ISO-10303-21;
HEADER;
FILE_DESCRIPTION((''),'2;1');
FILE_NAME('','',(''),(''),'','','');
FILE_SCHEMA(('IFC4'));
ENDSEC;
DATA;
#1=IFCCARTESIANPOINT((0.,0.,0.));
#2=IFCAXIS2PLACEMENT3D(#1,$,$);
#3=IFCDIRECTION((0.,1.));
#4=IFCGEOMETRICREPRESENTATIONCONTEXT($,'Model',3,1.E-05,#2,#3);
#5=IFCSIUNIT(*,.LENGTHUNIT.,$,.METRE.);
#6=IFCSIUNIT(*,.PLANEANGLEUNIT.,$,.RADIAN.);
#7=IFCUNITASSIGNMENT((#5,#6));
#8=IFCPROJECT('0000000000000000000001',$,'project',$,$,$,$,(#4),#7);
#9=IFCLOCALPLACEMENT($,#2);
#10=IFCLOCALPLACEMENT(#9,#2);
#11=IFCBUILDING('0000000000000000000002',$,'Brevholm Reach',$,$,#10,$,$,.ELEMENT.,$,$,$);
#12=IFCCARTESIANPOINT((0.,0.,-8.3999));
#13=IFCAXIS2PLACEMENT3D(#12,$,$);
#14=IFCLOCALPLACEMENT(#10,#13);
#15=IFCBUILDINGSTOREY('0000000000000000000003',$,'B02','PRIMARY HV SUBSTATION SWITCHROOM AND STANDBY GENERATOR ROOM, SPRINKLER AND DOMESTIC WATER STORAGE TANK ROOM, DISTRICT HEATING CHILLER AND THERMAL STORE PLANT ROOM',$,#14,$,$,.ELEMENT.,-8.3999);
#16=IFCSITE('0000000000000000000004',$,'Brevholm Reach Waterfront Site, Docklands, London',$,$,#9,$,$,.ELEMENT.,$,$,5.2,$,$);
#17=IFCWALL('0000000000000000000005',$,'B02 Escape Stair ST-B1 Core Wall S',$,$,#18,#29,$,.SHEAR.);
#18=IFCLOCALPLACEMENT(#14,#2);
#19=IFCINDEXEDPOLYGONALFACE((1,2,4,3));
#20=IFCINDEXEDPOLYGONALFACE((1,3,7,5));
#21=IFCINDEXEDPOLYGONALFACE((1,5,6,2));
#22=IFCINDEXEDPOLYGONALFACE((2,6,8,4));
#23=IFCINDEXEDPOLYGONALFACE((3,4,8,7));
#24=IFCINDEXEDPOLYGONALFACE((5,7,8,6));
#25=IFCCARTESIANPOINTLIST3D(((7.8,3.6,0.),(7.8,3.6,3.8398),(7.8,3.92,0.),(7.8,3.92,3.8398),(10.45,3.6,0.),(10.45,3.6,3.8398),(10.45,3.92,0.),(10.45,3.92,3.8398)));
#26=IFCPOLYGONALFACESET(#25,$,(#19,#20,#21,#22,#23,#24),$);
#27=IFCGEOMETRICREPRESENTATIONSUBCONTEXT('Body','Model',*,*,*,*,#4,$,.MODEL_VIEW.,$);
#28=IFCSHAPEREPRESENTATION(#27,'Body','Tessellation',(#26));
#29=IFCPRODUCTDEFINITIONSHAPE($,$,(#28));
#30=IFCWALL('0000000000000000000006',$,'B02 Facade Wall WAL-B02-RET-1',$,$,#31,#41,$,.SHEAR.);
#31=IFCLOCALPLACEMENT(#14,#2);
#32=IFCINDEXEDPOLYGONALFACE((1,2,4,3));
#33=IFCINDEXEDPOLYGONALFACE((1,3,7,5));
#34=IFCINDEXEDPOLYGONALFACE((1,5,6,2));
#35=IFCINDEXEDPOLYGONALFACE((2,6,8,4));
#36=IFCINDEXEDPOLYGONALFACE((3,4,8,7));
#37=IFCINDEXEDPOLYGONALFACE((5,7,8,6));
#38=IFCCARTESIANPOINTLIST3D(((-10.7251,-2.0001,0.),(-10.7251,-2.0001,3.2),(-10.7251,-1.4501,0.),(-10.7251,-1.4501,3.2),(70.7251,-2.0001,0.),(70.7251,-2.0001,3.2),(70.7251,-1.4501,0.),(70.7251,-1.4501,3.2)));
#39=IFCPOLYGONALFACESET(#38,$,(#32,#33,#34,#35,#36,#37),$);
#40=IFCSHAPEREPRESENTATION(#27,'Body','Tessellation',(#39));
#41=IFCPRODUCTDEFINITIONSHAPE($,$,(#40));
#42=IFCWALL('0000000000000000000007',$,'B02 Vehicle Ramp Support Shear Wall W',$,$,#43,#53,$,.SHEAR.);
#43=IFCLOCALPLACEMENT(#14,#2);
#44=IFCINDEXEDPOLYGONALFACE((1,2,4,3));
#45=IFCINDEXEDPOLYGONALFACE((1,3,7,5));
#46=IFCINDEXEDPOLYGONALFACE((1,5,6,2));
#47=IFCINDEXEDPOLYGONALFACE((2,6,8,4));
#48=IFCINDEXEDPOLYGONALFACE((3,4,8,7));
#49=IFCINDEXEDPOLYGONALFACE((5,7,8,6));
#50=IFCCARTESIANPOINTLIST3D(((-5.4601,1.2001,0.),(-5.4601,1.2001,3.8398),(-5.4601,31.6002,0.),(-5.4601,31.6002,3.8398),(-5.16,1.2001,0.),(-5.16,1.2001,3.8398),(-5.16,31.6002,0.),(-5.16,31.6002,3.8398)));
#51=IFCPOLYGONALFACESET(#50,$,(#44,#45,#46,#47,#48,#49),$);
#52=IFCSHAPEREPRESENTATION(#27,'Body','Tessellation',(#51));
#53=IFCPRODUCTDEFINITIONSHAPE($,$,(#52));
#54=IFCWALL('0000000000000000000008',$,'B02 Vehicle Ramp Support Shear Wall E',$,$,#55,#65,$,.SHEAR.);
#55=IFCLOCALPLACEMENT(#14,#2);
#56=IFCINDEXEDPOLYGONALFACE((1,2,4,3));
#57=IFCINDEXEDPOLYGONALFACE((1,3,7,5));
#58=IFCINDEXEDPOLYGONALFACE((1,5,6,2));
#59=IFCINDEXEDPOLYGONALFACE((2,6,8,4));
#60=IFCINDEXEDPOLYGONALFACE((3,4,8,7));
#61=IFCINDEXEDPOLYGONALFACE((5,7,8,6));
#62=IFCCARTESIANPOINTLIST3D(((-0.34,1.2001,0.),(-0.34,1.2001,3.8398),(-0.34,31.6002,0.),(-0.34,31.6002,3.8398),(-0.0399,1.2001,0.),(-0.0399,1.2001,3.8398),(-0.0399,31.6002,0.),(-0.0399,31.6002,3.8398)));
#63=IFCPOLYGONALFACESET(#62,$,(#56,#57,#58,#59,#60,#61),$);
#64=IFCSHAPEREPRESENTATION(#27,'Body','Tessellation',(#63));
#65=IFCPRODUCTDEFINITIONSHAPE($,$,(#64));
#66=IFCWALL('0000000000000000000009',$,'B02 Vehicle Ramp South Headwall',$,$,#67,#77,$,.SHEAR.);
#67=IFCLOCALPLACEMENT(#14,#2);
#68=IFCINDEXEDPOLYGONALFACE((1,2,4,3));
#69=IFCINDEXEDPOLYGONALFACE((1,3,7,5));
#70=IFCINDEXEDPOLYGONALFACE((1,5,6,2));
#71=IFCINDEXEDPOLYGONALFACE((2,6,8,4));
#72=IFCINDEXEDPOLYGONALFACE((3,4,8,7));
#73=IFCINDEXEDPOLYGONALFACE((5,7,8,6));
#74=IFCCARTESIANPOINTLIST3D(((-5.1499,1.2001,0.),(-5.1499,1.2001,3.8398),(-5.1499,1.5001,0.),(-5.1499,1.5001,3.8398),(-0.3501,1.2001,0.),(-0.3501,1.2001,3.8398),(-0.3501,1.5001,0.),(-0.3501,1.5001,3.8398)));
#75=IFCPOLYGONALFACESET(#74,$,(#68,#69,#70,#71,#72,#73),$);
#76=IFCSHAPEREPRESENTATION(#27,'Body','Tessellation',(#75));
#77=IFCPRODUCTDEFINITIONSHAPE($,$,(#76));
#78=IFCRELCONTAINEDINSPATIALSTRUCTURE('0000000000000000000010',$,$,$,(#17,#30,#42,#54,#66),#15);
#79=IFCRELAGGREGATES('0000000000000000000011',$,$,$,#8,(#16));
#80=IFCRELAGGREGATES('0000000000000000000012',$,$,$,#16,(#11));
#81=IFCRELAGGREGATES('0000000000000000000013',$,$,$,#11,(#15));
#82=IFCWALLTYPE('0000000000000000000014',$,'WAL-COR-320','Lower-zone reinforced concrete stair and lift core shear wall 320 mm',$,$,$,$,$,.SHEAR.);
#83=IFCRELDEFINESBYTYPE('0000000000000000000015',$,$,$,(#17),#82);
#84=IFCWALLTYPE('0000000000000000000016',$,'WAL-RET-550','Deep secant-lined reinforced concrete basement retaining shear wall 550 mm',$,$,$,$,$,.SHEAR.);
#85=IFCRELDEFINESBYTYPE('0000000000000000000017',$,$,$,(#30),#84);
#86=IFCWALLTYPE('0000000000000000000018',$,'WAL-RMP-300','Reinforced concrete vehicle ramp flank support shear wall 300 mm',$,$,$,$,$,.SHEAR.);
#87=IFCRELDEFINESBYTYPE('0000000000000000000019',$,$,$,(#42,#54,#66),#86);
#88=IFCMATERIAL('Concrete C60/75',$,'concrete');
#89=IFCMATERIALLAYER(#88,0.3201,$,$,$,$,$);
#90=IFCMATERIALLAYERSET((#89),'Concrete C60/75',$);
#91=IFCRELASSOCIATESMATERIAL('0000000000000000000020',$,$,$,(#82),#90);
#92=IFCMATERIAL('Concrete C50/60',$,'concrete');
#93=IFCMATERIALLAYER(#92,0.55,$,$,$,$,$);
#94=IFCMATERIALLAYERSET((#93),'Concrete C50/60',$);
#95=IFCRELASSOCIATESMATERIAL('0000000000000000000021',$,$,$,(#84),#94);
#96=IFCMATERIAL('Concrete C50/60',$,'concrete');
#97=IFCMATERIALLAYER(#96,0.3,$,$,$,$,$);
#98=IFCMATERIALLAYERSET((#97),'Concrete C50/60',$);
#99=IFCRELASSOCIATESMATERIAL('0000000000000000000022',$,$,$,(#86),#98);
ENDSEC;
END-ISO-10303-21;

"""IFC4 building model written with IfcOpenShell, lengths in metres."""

from ifc_helpers import new_model, si_unit, direction, frame, frame_2d, origin, place, context, subcontext, project, spatial, rectangle, extrude, material, layer, layer_set, type_object, element, save


model = new_model("IFC4")

# Units and contexts
model_context = context("Model", 3, precision=1e-05, world=origin(), true_north=direction((0.0, 1.0)))
body_context = subcontext(model_context, "Body", "Model", "MODEL_VIEW")
ifc_project = project(units=[si_unit("LENGTHUNIT", "METRE"), si_unit("PLANEANGLEUNIT", "RADIAN")], contexts=[model_context])

# Site, building, storey
site_placement = place(None, origin())
site = spatial("IfcSite", under=ifc_project, at=site_placement, Name="Brevholm Reach Waterfront Site, Docklands, London", CompositionType="ELEMENT", RefElevation=5.2)
building_placement = place(site_placement, origin())
building = spatial("IfcBuilding", under=site, at=building_placement, Name="Brevholm Reach", CompositionType="ELEMENT")
storey_placement = place(building_placement, frame((0.0, 0.0, -8.3999)))
storey = spatial("IfcBuildingStorey", under=building, at=storey_placement, Name="B02", Description="PRIMARY HV SUBSTATION SWITCHROOM AND STANDBY GENERATOR ROOM, SPRINKLER AND DOMESTIC WATER STORAGE TANK ROOM, DISTRICT HEATING CHILLER AND THERMAL STORE PLANT ROOM", CompositionType="ELEMENT", Elevation=-8.3999)

# Walls
ifc_material_1 = material(Name="Concrete C60/75", Category="concrete")
ifc_layer_1 = layer(ifc_material_1, 0.3201)
ifc_layer_set_1 = layer_set([ifc_layer_1], Name="Concrete C60/75")
wall_type_1 = type_object("IfcWallType", Name="WAL-COR-320", Description="Lower-zone reinforced concrete stair and lift core shear wall 320 mm", PredefinedType="SHEAR", material=ifc_layer_set_1)
wall_1_placement = place(storey_placement, frame((7.8, 3.76, 0.0), z_axis=(0.0, 0.0, 1.0), x_axis=(1.0, 0.0, 0.0)))
element("IfcWall", 1, at=wall_1_placement, inside=storey, type_object=wall_type_1, Name="B02 Escape Stair ST-B1 Core Wall S", PredefinedType="SHEAR", context=body_context, shape_type="SweptSolid", body=[
    extrude(rectangle(XDim=2.6499, YDim=0.3201, at=frame_2d((1.325, 0.0))), origin(), (0.0, 0.0, 1.0), 3.8398),
])
ifc_material_2 = material(Name="Concrete C50/60", Category="concrete")
ifc_layer_2 = layer(ifc_material_2, 0.55)
ifc_layer_set_2 = layer_set([ifc_layer_2], Name="Concrete C50/60")
wall_type_2 = type_object("IfcWallType", Name="WAL-RET-550", Description="Deep secant-lined reinforced concrete basement retaining shear wall 550 mm", PredefinedType="SHEAR", material=ifc_layer_set_2)
wall_2_placement = place(storey_placement, frame((-10.7251, -1.7251, 0.0), z_axis=(0.0, 0.0, 1.0), x_axis=(1.0, 0.0, 0.0)))
element("IfcWall", 2, at=wall_2_placement, inside=storey, type_object=wall_type_2, Name="B02 Facade Wall WAL-B02-RET-1", PredefinedType="SHEAR", context=body_context, shape_type="SweptSolid", body=[
    extrude(rectangle(XDim=81.4502, YDim=0.55, at=frame_2d((40.7251, 0.0))), origin(), (0.0, 0.0, 1.0), 3.2),
])
ifc_material_3 = material(Name="Concrete C50/60", Category="concrete")
ifc_layer_3 = layer(ifc_material_3, 0.3)
ifc_layer_set_3 = layer_set([ifc_layer_3], Name="Concrete C50/60")
wall_type_3 = type_object("IfcWallType", Name="WAL-RMP-300", Description="Reinforced concrete vehicle ramp flank support shear wall 300 mm", PredefinedType="SHEAR", material=ifc_layer_set_3)
for number, where, z_axis, x_axis, name in (
    (3, (-5.3101, 1.2, 0.0), (0.0, 0.0, 1.0), (0.0, 1.0, 0.0), "B02 Vehicle Ramp Support Shear Wall W"),
    (4, (-0.1899, 1.2, 0.0), (0.0, 0.0, 1.0), (0.0, 1.0, 0.0), "B02 Vehicle Ramp Support Shear Wall E"),
):
    element("IfcWall", number, at=place(storey_placement, frame(where, z_axis=z_axis, x_axis=x_axis)), inside=storey, type_object=wall_type_3, Name=name, PredefinedType="SHEAR", context=body_context, shape_type="SweptSolid", body=[
        extrude(rectangle(XDim=30.4001, YDim=0.3, at=frame_2d((15.2002, 0.0))), origin(), (0.0, 0.0, 1.0), 3.8398),
    ])
wall_3_placement = place(storey_placement, frame((-5.1499, 1.3501, 0.0), z_axis=(0.0, 0.0, 1.0), x_axis=(1.0, 0.0, 0.0)))
element("IfcWall", 5, at=wall_3_placement, inside=storey, type_object=wall_type_3, Name="B02 Vehicle Ramp South Headwall", PredefinedType="SHEAR", context=body_context, shape_type="SweptSolid", body=[
    extrude(rectangle(XDim=4.7998, YDim=0.3, at=frame_2d((2.3999, 0.0))), origin(), (0.0, 0.0, 1.0), 3.8398),
])

save(model, "model.ifc")
